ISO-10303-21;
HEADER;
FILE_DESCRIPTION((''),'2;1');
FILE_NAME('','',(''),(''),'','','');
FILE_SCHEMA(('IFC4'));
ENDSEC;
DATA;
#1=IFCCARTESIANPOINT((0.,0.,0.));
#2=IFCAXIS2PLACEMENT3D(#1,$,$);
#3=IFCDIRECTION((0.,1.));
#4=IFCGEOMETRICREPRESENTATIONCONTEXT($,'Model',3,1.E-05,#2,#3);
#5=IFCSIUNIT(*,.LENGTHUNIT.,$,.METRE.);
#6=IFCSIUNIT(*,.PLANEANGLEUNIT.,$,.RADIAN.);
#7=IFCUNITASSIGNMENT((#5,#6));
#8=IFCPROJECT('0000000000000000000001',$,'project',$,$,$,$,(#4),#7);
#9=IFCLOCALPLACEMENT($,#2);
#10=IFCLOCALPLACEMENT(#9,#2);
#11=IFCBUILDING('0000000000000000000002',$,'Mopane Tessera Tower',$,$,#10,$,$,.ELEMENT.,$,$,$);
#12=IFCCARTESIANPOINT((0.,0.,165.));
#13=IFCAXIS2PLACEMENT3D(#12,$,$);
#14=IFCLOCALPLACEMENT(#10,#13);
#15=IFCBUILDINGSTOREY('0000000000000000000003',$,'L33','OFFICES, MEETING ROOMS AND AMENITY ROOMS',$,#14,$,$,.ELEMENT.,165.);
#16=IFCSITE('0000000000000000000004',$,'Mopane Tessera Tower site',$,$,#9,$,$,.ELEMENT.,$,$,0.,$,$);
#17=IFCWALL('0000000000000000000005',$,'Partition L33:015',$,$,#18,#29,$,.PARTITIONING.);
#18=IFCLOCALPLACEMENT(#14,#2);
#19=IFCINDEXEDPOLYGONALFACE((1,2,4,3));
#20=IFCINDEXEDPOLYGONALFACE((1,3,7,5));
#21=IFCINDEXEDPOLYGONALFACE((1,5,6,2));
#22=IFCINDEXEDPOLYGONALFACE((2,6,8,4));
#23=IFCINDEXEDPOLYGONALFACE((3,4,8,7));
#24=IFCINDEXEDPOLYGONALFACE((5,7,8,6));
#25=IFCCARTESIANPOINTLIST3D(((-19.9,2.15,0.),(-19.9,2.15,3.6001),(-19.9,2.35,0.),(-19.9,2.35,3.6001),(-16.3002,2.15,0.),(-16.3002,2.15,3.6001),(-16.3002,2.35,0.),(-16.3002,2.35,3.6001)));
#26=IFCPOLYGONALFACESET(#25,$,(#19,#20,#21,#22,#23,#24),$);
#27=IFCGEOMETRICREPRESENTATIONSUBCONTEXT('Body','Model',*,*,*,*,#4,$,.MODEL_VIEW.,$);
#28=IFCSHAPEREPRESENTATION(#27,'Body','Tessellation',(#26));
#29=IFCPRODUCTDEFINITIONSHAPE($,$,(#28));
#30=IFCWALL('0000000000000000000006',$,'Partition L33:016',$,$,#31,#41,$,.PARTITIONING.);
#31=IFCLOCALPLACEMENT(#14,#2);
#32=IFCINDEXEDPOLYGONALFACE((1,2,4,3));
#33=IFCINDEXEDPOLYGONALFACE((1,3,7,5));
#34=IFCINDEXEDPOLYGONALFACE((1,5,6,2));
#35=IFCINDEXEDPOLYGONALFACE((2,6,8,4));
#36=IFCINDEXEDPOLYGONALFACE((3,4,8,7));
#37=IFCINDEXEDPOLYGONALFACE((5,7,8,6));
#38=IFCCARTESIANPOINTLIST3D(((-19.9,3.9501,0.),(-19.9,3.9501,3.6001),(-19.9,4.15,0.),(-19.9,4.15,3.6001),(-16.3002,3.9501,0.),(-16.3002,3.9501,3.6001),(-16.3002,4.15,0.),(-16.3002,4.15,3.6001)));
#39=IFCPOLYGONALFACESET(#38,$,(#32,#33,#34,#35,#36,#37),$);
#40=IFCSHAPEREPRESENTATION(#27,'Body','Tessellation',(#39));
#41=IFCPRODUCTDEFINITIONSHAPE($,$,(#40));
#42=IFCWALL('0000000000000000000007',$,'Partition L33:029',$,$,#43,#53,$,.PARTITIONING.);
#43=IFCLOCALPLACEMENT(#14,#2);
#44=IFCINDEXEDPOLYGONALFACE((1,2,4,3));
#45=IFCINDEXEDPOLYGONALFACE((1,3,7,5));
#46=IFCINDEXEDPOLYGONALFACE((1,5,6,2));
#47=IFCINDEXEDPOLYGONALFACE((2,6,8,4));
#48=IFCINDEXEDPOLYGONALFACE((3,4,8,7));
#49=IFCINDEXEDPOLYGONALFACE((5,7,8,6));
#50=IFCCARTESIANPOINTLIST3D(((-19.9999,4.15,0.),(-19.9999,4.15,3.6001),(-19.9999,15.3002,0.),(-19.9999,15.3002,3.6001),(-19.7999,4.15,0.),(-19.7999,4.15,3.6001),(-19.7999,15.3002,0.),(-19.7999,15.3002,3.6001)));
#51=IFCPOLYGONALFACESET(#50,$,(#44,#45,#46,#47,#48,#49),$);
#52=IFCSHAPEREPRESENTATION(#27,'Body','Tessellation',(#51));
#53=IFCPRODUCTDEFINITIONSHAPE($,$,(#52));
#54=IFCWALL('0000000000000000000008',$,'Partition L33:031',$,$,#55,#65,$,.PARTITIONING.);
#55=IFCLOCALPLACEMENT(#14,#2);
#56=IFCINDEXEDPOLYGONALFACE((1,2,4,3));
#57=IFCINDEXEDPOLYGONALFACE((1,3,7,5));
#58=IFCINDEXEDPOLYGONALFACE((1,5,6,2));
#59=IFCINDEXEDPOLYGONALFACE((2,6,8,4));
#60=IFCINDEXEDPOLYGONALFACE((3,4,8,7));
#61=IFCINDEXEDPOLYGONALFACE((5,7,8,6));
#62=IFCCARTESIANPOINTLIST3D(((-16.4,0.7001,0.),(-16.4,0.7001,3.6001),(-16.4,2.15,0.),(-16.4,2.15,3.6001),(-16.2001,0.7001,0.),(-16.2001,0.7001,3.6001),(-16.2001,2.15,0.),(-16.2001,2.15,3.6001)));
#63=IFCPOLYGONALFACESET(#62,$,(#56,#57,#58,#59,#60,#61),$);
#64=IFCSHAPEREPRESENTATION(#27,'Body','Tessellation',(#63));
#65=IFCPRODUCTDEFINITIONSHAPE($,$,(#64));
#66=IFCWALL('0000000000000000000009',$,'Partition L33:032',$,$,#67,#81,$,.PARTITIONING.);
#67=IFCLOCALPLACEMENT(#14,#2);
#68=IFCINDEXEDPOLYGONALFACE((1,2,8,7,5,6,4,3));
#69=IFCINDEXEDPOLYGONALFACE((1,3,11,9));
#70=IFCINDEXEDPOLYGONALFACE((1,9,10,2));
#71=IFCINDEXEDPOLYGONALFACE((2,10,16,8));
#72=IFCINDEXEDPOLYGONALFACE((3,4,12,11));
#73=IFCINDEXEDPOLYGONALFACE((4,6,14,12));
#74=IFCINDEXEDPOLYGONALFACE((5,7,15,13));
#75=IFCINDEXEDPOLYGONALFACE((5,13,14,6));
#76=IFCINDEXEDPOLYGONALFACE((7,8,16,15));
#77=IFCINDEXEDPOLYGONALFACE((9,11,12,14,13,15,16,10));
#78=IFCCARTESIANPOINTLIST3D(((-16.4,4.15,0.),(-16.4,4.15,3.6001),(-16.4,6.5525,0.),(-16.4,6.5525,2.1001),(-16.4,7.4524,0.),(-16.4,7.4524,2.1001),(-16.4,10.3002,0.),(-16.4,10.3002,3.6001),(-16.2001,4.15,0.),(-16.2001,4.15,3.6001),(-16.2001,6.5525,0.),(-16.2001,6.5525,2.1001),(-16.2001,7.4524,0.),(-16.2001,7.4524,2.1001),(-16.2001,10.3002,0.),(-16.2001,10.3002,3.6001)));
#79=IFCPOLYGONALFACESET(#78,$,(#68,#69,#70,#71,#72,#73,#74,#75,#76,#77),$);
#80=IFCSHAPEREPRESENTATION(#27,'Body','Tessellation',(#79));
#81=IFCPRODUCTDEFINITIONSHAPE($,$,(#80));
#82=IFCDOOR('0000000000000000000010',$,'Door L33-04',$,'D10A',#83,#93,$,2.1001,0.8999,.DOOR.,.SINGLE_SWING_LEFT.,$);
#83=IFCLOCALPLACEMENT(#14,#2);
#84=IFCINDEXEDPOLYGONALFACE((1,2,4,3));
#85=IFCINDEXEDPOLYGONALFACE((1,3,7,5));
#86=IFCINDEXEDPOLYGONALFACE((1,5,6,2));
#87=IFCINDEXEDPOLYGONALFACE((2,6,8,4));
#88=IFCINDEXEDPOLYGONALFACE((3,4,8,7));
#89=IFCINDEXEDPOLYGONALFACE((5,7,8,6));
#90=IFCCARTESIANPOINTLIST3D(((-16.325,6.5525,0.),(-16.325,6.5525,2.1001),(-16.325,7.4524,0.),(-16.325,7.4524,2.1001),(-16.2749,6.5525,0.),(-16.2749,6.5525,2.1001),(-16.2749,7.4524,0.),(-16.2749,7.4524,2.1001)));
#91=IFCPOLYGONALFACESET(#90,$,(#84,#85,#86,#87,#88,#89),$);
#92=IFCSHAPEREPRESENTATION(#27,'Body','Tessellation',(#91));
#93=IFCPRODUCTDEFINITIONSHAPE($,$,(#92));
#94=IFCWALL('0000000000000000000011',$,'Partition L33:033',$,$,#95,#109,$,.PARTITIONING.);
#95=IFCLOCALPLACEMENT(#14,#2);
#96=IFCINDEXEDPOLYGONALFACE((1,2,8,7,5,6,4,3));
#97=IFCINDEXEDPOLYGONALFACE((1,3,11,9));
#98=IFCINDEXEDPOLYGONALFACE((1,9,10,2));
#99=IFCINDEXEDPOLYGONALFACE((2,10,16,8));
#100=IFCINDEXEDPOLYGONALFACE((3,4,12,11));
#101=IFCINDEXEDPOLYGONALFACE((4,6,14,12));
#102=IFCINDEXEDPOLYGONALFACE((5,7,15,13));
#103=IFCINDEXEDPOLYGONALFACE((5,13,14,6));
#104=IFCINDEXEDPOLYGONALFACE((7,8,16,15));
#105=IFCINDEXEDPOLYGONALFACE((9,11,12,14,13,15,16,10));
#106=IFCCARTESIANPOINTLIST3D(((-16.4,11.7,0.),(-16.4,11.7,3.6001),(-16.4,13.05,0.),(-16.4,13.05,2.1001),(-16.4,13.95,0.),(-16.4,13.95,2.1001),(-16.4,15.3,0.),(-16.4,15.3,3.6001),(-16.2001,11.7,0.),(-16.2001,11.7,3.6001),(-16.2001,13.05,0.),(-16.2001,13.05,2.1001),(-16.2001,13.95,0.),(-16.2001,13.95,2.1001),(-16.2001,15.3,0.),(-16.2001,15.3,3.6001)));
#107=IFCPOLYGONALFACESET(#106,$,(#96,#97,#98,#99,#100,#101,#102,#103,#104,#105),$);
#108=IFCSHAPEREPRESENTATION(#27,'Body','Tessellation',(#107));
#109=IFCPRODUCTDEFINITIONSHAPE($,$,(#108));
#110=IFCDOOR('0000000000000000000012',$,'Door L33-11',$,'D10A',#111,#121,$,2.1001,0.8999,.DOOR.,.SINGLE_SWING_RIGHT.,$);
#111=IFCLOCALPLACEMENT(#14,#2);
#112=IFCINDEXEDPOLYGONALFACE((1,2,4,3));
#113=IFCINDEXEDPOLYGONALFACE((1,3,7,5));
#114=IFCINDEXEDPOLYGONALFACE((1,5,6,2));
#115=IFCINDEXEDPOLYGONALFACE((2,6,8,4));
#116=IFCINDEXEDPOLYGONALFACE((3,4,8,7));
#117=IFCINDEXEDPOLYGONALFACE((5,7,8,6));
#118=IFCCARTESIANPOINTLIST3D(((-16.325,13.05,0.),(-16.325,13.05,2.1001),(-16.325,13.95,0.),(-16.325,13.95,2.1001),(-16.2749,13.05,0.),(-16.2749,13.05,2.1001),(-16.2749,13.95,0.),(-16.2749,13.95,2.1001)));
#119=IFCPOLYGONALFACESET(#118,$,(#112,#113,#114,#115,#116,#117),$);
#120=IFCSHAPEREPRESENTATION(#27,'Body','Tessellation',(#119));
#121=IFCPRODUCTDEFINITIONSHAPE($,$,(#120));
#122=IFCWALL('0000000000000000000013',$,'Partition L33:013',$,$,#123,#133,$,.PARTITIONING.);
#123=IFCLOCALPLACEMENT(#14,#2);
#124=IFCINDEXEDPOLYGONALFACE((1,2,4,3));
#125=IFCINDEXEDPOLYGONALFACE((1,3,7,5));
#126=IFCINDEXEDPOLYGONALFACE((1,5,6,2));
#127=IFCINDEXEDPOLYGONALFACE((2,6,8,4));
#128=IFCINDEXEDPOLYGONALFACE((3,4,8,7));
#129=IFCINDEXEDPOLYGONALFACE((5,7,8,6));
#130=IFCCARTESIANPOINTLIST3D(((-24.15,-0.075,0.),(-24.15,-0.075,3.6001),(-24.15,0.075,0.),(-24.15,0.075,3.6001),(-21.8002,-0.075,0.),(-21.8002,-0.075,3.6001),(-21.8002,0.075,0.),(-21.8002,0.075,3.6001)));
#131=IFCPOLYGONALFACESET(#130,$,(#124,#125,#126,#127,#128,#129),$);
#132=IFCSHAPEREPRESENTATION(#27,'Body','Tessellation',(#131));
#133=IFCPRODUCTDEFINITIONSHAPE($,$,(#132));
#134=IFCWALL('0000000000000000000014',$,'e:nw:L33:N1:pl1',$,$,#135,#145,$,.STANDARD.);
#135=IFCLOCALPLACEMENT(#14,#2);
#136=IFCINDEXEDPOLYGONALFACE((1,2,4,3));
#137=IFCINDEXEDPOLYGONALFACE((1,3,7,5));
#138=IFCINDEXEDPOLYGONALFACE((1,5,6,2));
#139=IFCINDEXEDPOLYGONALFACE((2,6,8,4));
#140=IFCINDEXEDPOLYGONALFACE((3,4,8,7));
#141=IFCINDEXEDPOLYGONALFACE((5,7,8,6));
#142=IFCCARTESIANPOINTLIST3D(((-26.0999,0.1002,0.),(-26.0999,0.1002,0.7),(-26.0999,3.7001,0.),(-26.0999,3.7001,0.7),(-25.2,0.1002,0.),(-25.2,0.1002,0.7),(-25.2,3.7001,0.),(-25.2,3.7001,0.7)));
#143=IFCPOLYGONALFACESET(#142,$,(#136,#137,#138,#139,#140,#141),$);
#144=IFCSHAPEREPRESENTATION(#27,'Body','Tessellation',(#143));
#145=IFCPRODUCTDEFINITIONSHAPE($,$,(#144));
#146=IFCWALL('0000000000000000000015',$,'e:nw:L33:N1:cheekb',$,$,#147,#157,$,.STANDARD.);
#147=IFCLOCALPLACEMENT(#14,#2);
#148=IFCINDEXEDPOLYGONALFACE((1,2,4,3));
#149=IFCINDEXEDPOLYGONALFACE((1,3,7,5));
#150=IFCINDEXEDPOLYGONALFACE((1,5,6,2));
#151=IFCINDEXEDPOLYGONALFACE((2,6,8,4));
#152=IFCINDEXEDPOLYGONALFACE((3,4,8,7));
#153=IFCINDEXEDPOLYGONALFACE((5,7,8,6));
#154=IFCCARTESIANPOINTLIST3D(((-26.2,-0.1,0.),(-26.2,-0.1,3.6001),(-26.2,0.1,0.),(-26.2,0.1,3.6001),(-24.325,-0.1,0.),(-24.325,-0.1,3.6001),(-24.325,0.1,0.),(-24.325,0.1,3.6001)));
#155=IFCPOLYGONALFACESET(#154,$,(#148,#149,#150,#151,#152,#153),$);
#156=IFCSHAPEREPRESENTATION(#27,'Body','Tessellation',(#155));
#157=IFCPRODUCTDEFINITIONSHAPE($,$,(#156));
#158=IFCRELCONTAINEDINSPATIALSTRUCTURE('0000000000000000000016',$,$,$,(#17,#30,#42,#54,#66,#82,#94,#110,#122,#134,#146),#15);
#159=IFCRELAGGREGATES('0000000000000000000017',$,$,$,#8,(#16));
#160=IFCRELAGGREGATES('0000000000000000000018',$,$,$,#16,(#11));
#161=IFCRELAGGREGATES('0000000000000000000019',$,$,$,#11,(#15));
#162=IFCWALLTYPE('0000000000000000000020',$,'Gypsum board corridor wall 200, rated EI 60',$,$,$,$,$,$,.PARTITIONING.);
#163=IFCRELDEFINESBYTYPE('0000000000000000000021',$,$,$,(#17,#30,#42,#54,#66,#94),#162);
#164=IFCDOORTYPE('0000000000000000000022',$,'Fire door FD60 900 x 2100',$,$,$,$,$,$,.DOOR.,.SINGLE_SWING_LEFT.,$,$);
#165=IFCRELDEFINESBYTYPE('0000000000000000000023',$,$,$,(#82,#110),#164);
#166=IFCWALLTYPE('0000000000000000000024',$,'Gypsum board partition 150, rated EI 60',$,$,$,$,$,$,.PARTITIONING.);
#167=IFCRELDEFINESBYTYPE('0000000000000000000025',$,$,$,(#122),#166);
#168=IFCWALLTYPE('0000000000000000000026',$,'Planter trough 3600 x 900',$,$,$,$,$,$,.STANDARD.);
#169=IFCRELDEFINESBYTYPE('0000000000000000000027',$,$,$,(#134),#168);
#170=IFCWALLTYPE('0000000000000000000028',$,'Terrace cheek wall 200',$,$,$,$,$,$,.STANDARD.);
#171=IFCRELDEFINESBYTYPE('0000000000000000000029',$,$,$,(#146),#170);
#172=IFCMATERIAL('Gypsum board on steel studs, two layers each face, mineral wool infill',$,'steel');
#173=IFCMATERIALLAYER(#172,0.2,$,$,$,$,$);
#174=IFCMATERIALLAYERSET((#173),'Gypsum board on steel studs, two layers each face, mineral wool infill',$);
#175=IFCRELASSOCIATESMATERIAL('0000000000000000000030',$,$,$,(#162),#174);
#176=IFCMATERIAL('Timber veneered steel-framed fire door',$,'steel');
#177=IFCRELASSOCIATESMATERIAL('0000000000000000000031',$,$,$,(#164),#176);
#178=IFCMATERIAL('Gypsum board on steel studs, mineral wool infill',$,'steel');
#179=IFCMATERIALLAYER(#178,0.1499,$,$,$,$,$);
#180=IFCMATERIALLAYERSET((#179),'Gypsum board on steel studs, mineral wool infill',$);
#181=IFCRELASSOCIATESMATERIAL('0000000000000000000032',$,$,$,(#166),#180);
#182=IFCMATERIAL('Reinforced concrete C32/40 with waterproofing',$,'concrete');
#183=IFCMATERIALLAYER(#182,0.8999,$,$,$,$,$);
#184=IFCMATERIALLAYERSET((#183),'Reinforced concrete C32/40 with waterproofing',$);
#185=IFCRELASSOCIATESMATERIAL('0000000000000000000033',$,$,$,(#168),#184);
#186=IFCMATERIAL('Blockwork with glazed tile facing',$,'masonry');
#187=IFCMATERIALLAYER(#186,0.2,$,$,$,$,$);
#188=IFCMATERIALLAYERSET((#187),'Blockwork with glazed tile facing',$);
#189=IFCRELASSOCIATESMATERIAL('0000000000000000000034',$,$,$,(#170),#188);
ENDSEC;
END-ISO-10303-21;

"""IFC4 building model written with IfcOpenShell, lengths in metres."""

from ifc_helpers import new_model, si_unit, direction, frame, frame_2d, origin, place, context, subcontext, project, spatial, rectangle, extrude, material, layer, layer_set, type_object, element, fill, save


model = new_model("IFC4")

# Units and contexts
model_context = context("Model", 3, precision=1e-05, world=origin(), true_north=direction((0.0, 1.0)))
body_context = subcontext(model_context, "Body", "Model", "MODEL_VIEW")
ifc_project = project(units=[si_unit("LENGTHUNIT", "METRE"), si_unit("PLANEANGLEUNIT", "RADIAN")], contexts=[model_context])

# Site, building, storey
site_placement = place(None, origin())
site = spatial("IfcSite", under=ifc_project, at=site_placement, Name="Mopane Tessera Tower site", CompositionType="ELEMENT", RefElevation=0.0)
building_placement = place(site_placement, origin())
building = spatial("IfcBuilding", under=site, at=building_placement, Name="Mopane Tessera Tower", CompositionType="ELEMENT")
storey_placement = place(building_placement, frame((0.0, 0.0, 165.0)))
storey = spatial("IfcBuildingStorey", under=building, at=storey_placement, Name="L33", Description="OFFICES, MEETING ROOMS AND AMENITY ROOMS", CompositionType="ELEMENT", Elevation=165.0)

# Walls
ifc_material_1 = material(Name="Gypsum board on steel studs, two layers each face, mineral wool infill", Category="steel")
ifc_layer_1 = layer(ifc_material_1, 0.2)
ifc_layer_set_1 = layer_set([ifc_layer_1], Name="Gypsum board on steel studs, two layers each face, mineral wool infill")
wall_type_1 = type_object("IfcWallType", Name="Gypsum board corridor wall 200, rated EI 60", PredefinedType="PARTITIONING", material=ifc_layer_set_1)
for number, where, z_axis, x_axis, name in (
    (1, (-19.8999, 2.25, 0.0), (0.0, 0.0, 1.0), (1.0, 0.0, 0.0), "Partition L33:015"),
    (2, (-19.8999, 4.05, 0.0), (0.0, 0.0, 1.0), (1.0, 0.0, 0.0), "Partition L33:016"),
):
    element("IfcWall", number, at=place(storey_placement, frame(where, z_axis=z_axis, x_axis=x_axis)), inside=storey, type_object=wall_type_1, Name=name, PredefinedType="PARTITIONING", context=body_context, shape_type="SweptSolid", body=[
        extrude(rectangle(XDim=3.5999, YDim=0.2, at=frame_2d((1.7998, 0.0))), origin(), (0.0, 0.0, 1.0), 3.6001),
    ])
wall_1_placement = place(storey_placement, frame((-19.8999, 4.1499, 0.0), z_axis=(0.0, 0.0, 1.0), x_axis=(0.0, 1.0, 0.0)))
element("IfcWall", 3, at=wall_1_placement, inside=storey, type_object=wall_type_1, Name="Partition L33:029", PredefinedType="PARTITIONING", context=body_context, shape_type="SweptSolid", body=[
    extrude(rectangle(XDim=11.1501, YDim=0.2, at=frame_2d((5.5752, 0.0))), origin(), (0.0, 0.0, 1.0), 3.6001),
])
wall_2_placement = place(storey_placement, frame((-16.3, 0.7, 0.0), z_axis=(0.0, 0.0, 1.0), x_axis=(0.0, 1.0, 0.0)))
element("IfcWall", 4, at=wall_2_placement, inside=storey, type_object=wall_type_1, Name="Partition L33:031", PredefinedType="PARTITIONING", context=body_context, shape_type="SweptSolid", body=[
    extrude(rectangle(XDim=1.45, YDim=0.2, at=frame_2d((0.7251, 0.0))), origin(), (0.0, 0.0, 1.0), 3.6001),
])

# Walls, openings, doors
wall_3_placement = place(storey_placement, frame((-16.3, 4.1499, 0.0), z_axis=(0.0, 0.0, 1.0), x_axis=(0.0, 1.0, 0.0)))
wall_3 = element("IfcWall", 5, at=wall_3_placement, inside=storey, type_object=wall_type_1, Name="Partition L33:032", PredefinedType="PARTITIONING", context=body_context, shape_type="SweptSolid", body=[
    extrude(rectangle(XDim=6.1501, YDim=0.2, at=frame_2d((3.0752, 0.0))), origin(), (0.0, 0.0, 1.0), 3.6001),
])
opening_1_placement = place(wall_3_placement, frame((2.4026, 0.0, 0.0)))
opening_1 = element("IfcOpeningElement", 6, at=opening_1_placement, cuts=wall_3, PredefinedType="OPENING", context=body_context, shape_type="SweptSolid", body=[
    extrude(rectangle(XDim=0.8999, YDim=2.1001, at=frame_2d((0.45, 1.05))), frame((0.0, 0.1121, 0.0), z_axis=(0.0, -1.0, 0.0), x_axis=(1.0, 0.0, 0.0)), (0.0, 0.0, 1.0), 0.2239),
])
ifc_material_2 = material(Name="Timber veneered steel-framed fire door", Category="steel")
door_type = type_object("IfcDoorType", Name="Fire door FD60 900 x 2100", OperationType="SINGLE_SWING_LEFT", PredefinedType="DOOR", material=ifc_material_2)
door_1_placement = place(opening_1_placement, origin())
door_1 = element("IfcDoor", 7, at=door_1_placement, inside=storey, type_object=door_type, Name="Door L33-04", ObjectType="D10A", OperationType="SINGLE_SWING_LEFT", OverallHeight=2.1001, OverallWidth=0.8999, PredefinedType="DOOR", context=body_context, shape_type="SweptSolid", body=[
    extrude(rectangle(XDim=0.8999, YDim=2.1001, at=frame_2d((0.45, 1.05))), frame((0.0, 0.0249, 0.0), z_axis=(0.0, -1.0, 0.0), x_axis=(1.0, 0.0, 0.0)), (0.0, 0.0, 1.0), 0.05),
])
fill(opening_1, door_1)
wall_4_placement = place(storey_placement, frame((-16.3, 11.7, 0.0), z_axis=(0.0, 0.0, 1.0), x_axis=(0.0, 1.0, 0.0)))
wall_4 = element("IfcWall", 8, at=wall_4_placement, inside=storey, type_object=wall_type_1, Name="Partition L33:033", PredefinedType="PARTITIONING", context=body_context, shape_type="SweptSolid", body=[
    extrude(rectangle(XDim=3.6001, YDim=0.2, at=frame_2d((1.8, 0.0))), origin(), (0.0, 0.0, 1.0), 3.6001),
])
opening_2_placement = place(wall_4_placement, frame((1.3501, 0.0, 0.0)))
opening_2 = element("IfcOpeningElement", 9, at=opening_2_placement, cuts=wall_4, PredefinedType="OPENING", context=body_context, shape_type="SweptSolid", body=[
    extrude(rectangle(XDim=0.8999, YDim=2.1001, at=frame_2d((0.45, 1.05))), frame((0.0, 0.1121, 0.0), z_axis=(0.0, -1.0, 0.0), x_axis=(1.0, 0.0, 0.0)), (0.0, 0.0, 1.0), 0.2239),
])
door_2_placement = place(opening_2_placement, origin())
door_2 = element("IfcDoor", 10, at=door_2_placement, inside=storey, type_object=door_type, Name="Door L33-11", ObjectType="D10A", OperationType="SINGLE_SWING_RIGHT", OverallHeight=2.1001, OverallWidth=0.8999, PredefinedType="DOOR", context=body_context, shape_type="SweptSolid", body=[
    extrude(rectangle(XDim=0.8999, YDim=2.1001, at=frame_2d((0.45, 1.05))), frame((0.0, 0.0249, 0.0), z_axis=(0.0, -1.0, 0.0), x_axis=(1.0, 0.0, 0.0)), (0.0, 0.0, 1.0), 0.05),
])
fill(opening_2, door_2)

# Walls
ifc_material_3 = material(Name="Gypsum board on steel studs, mineral wool infill", Category="steel")
ifc_layer_2 = layer(ifc_material_3, 0.1499)
ifc_layer_set_2 = layer_set([ifc_layer_2], Name="Gypsum board on steel studs, mineral wool infill")
wall_type_2 = type_object("IfcWallType", Name="Gypsum board partition 150, rated EI 60", PredefinedType="PARTITIONING", material=ifc_layer_set_2)
wall_5_placement = place(storey_placement, frame((-24.1499, 0.0, 0.0), z_axis=(0.0, 0.0, 1.0), x_axis=(1.0, 0.0, 0.0)))
element("IfcWall", 11, at=wall_5_placement, inside=storey, type_object=wall_type_2, Name="Partition L33:013", PredefinedType="PARTITIONING", context=body_context, shape_type="SweptSolid", body=[
    extrude(rectangle(XDim=2.3499, YDim=0.1499, at=frame_2d((1.1748, 0.0))), origin(), (0.0, 0.0, 1.0), 3.6001),
])
ifc_material_4 = material(Name="Reinforced concrete C32/40 with waterproofing", Category="concrete")
ifc_layer_3 = layer(ifc_material_4, 0.8999)
ifc_layer_set_3 = layer_set([ifc_layer_3], Name="Reinforced concrete C32/40 with waterproofing")
wall_type_3 = type_object("IfcWallType", Name="Planter trough 3600 x 900", PredefinedType="STANDARD", material=ifc_layer_set_3)
wall_6_placement = place(storey_placement, frame((-25.6499, 3.7, 0.0), z_axis=(0.0, 0.0, 1.0), x_axis=(0.0, -1.0, 0.0)))
element("IfcWall", 12, at=wall_6_placement, inside=storey, type_object=wall_type_3, Name="e:nw:L33:N1:pl1", PredefinedType="STANDARD", context=body_context, shape_type="SweptSolid", body=[
    extrude(rectangle(XDim=3.5999, YDim=0.8999, at=frame_2d((1.7998, 0.0))), origin(), (0.0, 0.0, 1.0), 0.7),
])
ifc_material_5 = material(Name="Blockwork with glazed tile facing", Category="masonry")
ifc_layer_4 = layer(ifc_material_5, 0.2)
ifc_layer_set_4 = layer_set([ifc_layer_4], Name="Blockwork with glazed tile facing")
wall_type_4 = type_object("IfcWallType", Name="Terrace cheek wall 200", PredefinedType="STANDARD", material=ifc_layer_set_4)
wall_7_placement = place(storey_placement, frame((-26.2, 0.0, 0.0), z_axis=(0.0, 0.0, 1.0), x_axis=(1.0, 0.0, 0.0)))
element("IfcWall", 13, at=wall_7_placement, inside=storey, type_object=wall_type_4, Name="e:nw:L33:N1:cheekb", PredefinedType="STANDARD", context=body_context, shape_type="SweptSolid", body=[
    extrude(rectangle(XDim=1.875, YDim=0.2, at=frame_2d((0.9375, 0.0))), origin(), (0.0, 0.0, 1.0), 3.6001),
])

save(model, "model.ifc")
